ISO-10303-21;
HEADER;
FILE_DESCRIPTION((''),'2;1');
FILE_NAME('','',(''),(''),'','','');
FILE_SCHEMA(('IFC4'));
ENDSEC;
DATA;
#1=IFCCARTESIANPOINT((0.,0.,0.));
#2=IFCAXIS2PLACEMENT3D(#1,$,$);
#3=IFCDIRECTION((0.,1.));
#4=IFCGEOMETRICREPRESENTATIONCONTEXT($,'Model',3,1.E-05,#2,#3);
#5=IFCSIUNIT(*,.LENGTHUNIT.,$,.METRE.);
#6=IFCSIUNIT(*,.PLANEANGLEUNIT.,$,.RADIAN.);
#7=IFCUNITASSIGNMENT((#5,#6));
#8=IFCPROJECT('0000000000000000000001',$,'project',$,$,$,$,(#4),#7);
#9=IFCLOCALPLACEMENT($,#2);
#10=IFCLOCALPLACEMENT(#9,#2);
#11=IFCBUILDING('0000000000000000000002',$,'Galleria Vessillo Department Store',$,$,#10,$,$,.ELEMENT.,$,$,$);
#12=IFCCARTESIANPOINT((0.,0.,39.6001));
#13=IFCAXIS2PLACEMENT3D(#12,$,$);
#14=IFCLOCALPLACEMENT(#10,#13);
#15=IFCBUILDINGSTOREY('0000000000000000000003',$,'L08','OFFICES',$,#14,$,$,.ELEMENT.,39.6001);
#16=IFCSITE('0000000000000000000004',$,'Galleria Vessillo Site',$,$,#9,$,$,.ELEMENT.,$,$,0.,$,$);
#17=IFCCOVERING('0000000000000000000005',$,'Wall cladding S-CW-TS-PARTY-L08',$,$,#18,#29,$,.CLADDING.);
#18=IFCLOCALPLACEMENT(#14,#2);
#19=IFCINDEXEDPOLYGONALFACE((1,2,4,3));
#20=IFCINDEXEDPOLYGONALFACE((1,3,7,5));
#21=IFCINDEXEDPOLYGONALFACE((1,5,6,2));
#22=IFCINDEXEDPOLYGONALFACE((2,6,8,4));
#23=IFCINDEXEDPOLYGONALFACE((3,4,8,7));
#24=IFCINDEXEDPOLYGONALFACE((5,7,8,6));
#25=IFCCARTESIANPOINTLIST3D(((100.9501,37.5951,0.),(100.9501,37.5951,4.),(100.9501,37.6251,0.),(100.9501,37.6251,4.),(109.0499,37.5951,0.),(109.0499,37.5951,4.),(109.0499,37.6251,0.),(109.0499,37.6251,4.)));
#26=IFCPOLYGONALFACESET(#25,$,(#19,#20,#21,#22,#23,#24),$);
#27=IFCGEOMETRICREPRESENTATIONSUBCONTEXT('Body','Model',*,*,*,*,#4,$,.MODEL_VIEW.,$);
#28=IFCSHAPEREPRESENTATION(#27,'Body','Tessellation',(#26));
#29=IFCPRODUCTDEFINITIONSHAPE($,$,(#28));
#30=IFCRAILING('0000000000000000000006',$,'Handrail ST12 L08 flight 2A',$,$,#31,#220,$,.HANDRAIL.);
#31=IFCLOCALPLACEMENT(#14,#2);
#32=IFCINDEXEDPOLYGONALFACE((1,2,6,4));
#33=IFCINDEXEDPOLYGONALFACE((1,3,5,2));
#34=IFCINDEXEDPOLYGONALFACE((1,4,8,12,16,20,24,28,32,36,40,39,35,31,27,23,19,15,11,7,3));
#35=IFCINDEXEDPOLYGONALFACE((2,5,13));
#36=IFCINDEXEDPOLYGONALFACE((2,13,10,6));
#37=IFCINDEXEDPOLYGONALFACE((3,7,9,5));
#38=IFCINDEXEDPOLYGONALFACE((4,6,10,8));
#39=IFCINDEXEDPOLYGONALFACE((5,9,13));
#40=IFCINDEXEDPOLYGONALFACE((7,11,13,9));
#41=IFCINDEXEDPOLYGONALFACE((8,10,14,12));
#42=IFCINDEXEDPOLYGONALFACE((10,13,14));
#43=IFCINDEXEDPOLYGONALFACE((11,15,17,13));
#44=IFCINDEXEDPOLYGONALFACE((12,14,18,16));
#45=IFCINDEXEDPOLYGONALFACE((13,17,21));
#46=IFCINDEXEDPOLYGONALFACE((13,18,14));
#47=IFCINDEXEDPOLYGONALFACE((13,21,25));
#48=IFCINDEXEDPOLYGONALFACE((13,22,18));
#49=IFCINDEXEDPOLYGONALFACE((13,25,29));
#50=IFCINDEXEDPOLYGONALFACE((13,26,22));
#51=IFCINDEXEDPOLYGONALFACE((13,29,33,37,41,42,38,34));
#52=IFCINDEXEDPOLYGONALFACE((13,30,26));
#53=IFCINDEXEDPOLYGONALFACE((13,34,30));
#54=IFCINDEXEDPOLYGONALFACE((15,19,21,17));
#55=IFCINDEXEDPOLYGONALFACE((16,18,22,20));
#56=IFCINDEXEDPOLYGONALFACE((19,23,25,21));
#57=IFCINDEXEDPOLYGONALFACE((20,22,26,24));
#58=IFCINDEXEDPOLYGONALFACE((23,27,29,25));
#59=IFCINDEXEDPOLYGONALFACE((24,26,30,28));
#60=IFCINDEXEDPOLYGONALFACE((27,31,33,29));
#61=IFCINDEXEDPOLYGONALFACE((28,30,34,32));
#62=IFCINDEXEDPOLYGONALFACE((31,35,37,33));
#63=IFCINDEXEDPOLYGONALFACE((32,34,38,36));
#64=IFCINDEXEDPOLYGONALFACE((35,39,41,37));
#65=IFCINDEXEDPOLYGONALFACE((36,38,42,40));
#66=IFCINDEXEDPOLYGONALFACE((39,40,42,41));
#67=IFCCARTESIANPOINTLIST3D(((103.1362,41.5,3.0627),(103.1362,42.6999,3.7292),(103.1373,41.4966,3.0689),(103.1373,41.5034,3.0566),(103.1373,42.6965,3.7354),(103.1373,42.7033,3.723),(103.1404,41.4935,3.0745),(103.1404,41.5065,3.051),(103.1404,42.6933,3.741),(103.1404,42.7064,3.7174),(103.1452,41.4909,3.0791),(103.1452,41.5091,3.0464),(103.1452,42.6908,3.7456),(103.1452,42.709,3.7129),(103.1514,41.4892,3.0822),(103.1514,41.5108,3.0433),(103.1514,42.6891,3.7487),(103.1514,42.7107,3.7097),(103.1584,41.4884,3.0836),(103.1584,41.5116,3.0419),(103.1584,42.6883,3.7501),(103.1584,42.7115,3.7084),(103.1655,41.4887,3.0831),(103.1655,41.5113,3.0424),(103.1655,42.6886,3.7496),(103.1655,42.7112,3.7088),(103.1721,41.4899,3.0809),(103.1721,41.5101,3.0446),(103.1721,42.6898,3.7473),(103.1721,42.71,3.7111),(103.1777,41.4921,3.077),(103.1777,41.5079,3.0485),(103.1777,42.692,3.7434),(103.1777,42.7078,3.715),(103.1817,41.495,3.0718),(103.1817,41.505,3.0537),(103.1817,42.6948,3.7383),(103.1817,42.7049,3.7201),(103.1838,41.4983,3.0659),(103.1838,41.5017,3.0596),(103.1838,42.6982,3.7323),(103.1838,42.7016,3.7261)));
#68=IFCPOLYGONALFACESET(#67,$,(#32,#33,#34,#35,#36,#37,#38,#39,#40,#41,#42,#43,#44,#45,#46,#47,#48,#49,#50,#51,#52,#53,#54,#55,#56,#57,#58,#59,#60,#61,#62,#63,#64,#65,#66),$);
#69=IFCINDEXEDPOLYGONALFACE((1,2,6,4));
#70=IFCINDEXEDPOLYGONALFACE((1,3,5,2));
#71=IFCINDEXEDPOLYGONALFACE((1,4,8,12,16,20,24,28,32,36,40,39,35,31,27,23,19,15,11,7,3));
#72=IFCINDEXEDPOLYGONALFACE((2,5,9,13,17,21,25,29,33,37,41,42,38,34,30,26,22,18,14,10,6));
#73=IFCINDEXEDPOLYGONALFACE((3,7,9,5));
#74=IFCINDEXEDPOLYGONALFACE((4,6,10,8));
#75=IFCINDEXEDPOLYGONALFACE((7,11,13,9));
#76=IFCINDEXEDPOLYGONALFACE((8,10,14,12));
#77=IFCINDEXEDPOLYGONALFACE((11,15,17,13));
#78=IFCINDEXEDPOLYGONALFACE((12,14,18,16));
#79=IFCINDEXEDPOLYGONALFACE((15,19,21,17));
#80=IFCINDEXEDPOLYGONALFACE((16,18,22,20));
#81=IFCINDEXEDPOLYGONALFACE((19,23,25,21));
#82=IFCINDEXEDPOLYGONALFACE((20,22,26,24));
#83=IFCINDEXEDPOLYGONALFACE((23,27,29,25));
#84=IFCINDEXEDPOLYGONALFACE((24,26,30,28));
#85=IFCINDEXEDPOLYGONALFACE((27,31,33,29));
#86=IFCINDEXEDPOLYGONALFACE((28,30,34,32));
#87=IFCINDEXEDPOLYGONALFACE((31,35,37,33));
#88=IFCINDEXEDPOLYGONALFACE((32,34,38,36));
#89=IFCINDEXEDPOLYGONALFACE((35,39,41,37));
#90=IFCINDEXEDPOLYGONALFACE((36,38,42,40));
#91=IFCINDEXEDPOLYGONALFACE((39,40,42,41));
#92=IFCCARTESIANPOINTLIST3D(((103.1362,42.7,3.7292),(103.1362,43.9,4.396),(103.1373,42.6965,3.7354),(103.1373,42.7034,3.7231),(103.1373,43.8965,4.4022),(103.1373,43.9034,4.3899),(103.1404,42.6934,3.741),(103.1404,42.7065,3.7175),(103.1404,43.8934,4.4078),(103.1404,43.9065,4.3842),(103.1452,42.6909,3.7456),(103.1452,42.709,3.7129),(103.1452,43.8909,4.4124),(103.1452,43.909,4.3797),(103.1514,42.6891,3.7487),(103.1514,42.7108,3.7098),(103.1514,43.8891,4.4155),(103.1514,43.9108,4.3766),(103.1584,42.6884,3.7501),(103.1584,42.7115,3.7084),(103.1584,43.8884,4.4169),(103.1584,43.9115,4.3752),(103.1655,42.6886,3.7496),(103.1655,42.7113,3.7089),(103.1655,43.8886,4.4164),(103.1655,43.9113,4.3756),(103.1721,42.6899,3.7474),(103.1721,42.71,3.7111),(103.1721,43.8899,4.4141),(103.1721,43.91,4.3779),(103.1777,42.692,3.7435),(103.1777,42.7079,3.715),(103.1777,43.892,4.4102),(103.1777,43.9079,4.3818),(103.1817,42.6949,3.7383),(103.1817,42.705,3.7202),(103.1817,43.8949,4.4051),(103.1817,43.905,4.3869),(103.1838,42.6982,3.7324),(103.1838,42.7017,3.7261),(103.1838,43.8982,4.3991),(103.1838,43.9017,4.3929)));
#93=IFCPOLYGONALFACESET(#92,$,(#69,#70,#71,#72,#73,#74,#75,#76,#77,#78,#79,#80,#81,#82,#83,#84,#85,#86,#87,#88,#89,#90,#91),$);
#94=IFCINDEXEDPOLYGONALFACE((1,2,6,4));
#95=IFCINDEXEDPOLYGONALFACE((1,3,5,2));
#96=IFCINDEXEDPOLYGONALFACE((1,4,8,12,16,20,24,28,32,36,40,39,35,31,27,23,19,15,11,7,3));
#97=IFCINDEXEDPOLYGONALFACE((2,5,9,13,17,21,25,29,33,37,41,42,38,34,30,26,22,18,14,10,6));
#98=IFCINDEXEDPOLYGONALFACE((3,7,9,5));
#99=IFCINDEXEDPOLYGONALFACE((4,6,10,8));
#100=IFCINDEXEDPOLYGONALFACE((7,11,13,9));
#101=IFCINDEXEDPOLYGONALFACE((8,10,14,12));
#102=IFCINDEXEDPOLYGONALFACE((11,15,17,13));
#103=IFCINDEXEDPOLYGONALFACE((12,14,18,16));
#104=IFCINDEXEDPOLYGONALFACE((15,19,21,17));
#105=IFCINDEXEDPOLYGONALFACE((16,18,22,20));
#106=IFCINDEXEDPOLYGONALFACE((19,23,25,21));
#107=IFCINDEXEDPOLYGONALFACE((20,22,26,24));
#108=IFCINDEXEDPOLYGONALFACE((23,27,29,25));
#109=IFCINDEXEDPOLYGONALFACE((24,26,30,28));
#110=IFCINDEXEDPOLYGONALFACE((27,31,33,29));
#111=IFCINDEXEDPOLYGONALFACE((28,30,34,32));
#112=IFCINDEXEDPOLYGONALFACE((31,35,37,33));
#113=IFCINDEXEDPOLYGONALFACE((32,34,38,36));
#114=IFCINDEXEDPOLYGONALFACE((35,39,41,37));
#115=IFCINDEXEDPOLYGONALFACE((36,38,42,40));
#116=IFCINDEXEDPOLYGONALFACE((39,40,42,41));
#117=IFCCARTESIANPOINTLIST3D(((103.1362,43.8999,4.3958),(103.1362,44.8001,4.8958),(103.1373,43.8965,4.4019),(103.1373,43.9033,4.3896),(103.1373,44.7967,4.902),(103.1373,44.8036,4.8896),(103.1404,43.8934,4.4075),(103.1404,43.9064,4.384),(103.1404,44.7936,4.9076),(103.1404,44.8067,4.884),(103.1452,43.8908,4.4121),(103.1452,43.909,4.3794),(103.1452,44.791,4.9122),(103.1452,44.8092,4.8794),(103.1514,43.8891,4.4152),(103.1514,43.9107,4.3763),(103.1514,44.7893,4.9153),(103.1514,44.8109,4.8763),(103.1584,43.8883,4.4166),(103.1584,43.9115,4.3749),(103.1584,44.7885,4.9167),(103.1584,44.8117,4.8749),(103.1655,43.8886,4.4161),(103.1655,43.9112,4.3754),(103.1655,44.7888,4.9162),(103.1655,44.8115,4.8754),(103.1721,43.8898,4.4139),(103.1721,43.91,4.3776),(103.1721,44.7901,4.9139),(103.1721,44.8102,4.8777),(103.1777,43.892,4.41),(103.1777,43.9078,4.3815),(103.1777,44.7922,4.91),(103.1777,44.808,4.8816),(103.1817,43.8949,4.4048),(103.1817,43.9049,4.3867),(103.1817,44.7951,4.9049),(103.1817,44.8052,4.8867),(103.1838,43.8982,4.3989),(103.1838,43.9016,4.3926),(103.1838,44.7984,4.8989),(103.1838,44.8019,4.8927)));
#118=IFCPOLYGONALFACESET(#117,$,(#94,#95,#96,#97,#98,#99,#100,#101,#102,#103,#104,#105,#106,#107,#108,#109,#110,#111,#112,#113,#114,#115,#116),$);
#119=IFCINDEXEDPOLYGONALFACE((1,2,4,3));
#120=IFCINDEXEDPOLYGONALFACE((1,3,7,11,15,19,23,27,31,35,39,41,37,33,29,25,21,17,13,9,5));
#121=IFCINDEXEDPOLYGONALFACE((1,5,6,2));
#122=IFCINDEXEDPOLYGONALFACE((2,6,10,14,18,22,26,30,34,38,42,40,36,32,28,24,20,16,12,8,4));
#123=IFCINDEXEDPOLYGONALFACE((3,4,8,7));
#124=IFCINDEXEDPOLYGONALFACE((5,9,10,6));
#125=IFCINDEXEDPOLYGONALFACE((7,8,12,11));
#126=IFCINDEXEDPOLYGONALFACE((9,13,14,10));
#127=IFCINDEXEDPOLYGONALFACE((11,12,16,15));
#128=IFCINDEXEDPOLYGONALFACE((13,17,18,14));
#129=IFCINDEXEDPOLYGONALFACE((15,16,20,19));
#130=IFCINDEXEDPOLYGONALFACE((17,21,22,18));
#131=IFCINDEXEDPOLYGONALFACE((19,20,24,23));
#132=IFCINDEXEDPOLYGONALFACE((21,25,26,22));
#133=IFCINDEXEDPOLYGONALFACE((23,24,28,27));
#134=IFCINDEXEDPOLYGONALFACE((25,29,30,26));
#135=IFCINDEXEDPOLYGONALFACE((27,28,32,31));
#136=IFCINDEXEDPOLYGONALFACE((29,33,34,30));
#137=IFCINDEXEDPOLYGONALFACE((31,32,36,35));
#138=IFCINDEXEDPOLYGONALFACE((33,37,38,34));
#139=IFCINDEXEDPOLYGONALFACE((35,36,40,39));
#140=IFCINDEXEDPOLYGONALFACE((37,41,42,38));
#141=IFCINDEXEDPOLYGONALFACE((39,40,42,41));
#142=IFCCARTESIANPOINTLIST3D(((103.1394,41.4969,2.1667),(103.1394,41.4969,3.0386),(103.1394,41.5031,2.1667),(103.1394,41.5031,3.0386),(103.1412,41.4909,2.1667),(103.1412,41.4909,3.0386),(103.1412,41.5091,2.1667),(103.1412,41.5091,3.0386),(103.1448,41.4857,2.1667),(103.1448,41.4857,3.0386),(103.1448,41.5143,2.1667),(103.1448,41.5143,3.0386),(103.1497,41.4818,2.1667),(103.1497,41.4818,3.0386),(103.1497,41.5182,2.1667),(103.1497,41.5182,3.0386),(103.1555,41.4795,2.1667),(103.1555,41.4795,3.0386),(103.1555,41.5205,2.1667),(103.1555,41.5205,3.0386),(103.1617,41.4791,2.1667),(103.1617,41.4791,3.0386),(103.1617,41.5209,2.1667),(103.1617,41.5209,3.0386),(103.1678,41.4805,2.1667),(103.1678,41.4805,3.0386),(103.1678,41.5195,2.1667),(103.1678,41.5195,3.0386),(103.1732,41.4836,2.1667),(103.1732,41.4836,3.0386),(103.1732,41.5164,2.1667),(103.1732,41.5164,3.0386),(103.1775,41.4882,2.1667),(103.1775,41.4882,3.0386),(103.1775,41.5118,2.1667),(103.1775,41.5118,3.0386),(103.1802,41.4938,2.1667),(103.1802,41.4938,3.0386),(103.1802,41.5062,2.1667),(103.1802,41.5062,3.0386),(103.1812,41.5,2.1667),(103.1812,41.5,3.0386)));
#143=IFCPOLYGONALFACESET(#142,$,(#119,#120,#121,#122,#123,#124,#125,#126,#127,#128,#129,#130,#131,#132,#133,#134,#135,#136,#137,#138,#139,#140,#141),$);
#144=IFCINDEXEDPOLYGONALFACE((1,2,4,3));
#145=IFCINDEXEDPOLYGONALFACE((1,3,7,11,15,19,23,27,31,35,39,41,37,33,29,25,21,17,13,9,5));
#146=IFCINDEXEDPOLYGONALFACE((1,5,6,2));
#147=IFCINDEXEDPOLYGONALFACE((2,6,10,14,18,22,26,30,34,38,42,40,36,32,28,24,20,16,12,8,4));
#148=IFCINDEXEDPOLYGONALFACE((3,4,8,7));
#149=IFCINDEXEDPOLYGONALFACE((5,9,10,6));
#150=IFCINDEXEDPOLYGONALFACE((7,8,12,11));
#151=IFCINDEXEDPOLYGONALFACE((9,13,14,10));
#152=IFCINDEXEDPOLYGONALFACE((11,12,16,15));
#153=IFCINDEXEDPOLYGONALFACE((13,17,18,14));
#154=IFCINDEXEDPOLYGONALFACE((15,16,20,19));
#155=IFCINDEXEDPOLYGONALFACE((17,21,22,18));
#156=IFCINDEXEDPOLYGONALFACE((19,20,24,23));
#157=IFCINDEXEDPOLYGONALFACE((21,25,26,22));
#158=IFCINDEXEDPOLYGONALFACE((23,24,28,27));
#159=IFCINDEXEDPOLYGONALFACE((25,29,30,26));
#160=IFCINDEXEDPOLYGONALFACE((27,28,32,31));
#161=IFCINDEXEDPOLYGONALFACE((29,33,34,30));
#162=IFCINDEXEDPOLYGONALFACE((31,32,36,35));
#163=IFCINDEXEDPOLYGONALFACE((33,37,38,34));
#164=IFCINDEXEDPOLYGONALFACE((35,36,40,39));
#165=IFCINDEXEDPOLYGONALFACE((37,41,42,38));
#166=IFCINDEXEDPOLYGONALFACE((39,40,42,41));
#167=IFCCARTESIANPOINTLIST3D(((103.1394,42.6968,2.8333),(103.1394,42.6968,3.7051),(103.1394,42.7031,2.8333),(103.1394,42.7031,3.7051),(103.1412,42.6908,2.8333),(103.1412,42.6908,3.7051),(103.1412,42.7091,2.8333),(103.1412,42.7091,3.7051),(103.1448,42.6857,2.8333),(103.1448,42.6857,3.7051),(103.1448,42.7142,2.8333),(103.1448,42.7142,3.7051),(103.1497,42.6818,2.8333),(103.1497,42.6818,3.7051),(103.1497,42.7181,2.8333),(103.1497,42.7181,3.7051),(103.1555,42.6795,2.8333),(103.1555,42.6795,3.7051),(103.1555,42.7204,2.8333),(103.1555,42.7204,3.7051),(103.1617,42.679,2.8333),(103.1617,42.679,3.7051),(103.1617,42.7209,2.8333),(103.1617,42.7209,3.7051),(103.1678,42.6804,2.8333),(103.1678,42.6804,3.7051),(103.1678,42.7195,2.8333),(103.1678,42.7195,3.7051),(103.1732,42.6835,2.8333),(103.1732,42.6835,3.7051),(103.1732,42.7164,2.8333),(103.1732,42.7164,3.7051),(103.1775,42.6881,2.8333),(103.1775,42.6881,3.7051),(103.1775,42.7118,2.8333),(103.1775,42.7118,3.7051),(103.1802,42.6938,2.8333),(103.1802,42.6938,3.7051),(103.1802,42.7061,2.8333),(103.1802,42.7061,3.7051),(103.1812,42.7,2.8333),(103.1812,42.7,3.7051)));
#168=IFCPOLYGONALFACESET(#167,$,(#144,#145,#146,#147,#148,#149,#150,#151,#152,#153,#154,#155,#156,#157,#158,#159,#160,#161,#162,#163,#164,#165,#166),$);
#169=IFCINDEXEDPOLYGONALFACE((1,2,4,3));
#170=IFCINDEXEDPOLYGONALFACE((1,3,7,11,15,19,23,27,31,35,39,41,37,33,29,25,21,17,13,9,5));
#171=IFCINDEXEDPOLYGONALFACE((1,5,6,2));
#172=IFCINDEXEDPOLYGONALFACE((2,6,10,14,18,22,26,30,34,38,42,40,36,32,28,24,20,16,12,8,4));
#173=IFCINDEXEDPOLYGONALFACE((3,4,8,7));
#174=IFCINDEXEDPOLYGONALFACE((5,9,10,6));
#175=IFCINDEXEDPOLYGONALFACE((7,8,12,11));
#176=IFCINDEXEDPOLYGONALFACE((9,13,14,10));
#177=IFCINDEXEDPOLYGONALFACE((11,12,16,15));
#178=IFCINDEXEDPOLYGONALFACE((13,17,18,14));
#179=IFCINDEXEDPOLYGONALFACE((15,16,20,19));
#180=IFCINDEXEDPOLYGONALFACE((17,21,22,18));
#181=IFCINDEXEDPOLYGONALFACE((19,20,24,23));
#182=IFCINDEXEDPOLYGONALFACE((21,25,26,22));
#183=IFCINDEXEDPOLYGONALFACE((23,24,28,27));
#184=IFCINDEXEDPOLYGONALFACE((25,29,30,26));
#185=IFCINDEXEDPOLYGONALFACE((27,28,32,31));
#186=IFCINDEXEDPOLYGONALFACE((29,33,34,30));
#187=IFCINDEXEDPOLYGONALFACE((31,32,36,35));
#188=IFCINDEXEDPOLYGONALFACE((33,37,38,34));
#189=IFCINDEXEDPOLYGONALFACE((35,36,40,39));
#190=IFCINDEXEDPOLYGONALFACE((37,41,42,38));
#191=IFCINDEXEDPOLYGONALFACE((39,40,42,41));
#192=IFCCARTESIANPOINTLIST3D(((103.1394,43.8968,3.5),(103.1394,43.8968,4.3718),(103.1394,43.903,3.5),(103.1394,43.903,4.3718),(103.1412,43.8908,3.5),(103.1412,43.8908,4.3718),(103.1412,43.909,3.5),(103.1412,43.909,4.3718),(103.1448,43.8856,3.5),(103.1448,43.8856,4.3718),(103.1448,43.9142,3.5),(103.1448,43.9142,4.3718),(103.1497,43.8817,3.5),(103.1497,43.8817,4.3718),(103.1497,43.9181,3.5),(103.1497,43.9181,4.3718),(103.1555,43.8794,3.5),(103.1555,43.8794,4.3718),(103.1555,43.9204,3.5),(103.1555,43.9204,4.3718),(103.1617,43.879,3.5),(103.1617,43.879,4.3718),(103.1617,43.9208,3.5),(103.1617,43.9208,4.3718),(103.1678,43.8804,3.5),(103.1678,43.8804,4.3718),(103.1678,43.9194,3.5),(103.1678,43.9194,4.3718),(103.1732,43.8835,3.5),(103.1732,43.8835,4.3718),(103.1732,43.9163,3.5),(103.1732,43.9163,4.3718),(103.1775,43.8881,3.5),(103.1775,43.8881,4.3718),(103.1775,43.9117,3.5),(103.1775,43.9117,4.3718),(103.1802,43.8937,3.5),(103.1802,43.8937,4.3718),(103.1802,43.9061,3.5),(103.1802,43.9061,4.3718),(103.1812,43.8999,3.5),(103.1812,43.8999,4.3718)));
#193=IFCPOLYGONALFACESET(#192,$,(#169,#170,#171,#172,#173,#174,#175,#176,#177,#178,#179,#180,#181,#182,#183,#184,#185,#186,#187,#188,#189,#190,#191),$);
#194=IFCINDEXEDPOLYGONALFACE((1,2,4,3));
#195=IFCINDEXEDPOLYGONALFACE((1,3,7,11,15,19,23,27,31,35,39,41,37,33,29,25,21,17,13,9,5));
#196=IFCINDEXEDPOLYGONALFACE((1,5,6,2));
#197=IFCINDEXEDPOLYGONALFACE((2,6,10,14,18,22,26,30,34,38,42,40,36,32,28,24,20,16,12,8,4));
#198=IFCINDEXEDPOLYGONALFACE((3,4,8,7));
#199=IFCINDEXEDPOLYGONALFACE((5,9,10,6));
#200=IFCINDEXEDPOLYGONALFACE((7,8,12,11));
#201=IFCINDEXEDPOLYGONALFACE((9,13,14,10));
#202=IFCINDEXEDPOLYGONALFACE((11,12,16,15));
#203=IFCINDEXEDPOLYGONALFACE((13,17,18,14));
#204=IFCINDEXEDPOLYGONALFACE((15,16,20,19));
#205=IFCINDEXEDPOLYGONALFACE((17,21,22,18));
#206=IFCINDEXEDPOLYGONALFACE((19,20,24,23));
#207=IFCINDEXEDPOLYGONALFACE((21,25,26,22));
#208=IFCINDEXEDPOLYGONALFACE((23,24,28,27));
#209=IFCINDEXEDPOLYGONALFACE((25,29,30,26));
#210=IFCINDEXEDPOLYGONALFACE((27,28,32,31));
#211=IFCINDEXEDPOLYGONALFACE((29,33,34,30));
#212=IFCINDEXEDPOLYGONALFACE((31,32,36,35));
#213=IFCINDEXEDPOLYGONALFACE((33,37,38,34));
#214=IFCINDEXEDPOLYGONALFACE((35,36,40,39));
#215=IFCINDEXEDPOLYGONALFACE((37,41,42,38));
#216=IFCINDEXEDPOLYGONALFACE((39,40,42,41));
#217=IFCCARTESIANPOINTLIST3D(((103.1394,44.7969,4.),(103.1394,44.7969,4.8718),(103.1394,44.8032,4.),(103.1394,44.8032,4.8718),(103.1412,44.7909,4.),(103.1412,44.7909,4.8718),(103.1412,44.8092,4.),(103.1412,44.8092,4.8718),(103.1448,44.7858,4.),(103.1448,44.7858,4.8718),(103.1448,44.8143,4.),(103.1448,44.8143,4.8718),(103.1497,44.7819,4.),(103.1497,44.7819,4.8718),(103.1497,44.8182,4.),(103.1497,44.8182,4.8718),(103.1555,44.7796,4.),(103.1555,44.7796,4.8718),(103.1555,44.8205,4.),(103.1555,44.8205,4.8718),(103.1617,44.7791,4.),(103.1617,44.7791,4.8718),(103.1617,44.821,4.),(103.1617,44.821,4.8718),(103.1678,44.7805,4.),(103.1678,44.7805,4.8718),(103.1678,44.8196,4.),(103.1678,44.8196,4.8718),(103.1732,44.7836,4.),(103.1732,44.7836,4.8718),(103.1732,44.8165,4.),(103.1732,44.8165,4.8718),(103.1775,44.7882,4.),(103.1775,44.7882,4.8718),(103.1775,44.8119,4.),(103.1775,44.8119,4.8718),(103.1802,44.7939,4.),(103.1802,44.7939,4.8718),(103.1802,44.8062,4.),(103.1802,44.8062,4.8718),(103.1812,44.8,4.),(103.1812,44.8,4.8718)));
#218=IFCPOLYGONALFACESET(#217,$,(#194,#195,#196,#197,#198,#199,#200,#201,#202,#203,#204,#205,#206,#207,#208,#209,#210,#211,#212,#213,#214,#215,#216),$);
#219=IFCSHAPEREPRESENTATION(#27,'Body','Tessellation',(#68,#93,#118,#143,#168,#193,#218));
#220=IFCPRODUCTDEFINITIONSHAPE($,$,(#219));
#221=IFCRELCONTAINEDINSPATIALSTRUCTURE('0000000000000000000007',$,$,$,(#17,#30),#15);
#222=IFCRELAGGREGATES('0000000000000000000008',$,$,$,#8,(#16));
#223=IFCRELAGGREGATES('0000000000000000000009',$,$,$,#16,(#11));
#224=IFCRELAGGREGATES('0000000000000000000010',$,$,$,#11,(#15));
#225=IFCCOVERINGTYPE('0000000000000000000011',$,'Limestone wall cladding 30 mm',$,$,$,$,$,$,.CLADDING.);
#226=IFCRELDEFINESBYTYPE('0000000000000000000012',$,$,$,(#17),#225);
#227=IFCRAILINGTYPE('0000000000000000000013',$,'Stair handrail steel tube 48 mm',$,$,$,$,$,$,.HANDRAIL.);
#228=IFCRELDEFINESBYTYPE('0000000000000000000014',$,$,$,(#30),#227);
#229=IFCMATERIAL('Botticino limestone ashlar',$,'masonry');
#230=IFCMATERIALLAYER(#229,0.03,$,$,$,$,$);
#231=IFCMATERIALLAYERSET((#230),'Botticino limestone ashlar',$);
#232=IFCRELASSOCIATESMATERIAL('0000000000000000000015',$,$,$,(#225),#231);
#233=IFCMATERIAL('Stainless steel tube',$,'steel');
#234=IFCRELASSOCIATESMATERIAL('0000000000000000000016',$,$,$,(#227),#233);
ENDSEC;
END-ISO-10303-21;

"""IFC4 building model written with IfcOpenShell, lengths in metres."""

from ifc_helpers import new_model, si_unit, direction, frame, origin, origin_2d, place, context, subcontext, project, spatial, rectangle, circle, extrude, material, layer, layer_set, type_object, element, save


model = new_model("IFC4")

# Units and contexts
model_context = context("Model", 3, precision=1e-05, world=origin(), true_north=direction((0.0, 1.0)))
body_context = subcontext(model_context, "Body", "Model", "MODEL_VIEW")
ifc_project = project(units=[si_unit("LENGTHUNIT", "METRE"), si_unit("PLANEANGLEUNIT", "RADIAN")], contexts=[model_context])

# Site, building, storey
site_placement = place(None, origin())
site = spatial("IfcSite", under=ifc_project, at=site_placement, Name="Galleria Vessillo Site", CompositionType="ELEMENT", RefElevation=0.0)
building_placement = place(site_placement, origin())
building = spatial("IfcBuilding", under=site, at=building_placement, Name="Galleria Vessillo Department Store", CompositionType="ELEMENT")
storey_placement = place(building_placement, frame((0.0, 0.0, 39.6001)))
storey = spatial("IfcBuildingStorey", under=building, at=storey_placement, Name="L08", Description="OFFICES", CompositionType="ELEMENT", Elevation=39.6001)

# Covering
ifc_material_1 = material(Name="Botticino limestone ashlar", Category="masonry")
ifc_layer_1 = layer(ifc_material_1, 0.03)
ifc_layer_set_1 = layer_set([ifc_layer_1], Name="Botticino limestone ashlar")
covering_type_1 = type_object("IfcCoveringType", Name="Limestone wall cladding 30 mm", PredefinedType="CLADDING", material=ifc_layer_set_1)
covering_1_placement = place(storey_placement, frame((105.0, 37.6101, 0.0), z_axis=(0.0, 0.0, 1.0), x_axis=(1.0, 0.0, 0.0)))
element("IfcCovering", 1, at=covering_1_placement, inside=storey, type_object=covering_type_1, Name="Wall cladding S-CW-TS-PARTY-L08", PredefinedType="CLADDING", context=body_context, shape_type="SweptSolid", body=[
    extrude(rectangle(XDim=8.0999, YDim=0.03, at=origin_2d()), origin(), (0.0, 0.0, 1.0), 4.0),
])

# Railing
ifc_material_2 = material(Name="Stainless steel tube", Category="steel")
railing_type = type_object("IfcRailingType", Name="Stair handrail steel tube 48 mm", PredefinedType="HANDRAIL", material=ifc_material_2)
for number, where, name in (
    (2, (103.1602, 41.5, 2.1667), "Handrail ST12 L08 flight 2A"),
):
    element("IfcRailing", number, at=place(storey_placement, frame(where)), inside=storey, type_object=railing_type, Name=name, PredefinedType="HANDRAIL", context=body_context, shape_type="SweptSolid", body=[
        extrude(circle(Radius=0.0239, at=origin_2d()), frame((0.0, 0.0, 0.896), z_axis=(0.0, 0.874199, 0.485567), x_axis=(-1.0, 0.0, 0.0)), (0.0, 0.0, 1.0), 1.3726),
        extrude(circle(Radius=0.0239, at=origin_2d()), frame((0.0, 1.2, 1.5625), z_axis=(0.0, 0.874124, 0.485703), x_axis=(-1.0, 0.0, 0.0)), (0.0, 0.0, 1.0), 1.3728),
        extrude(circle(Radius=0.0239, at=origin_2d()), frame((0.0, 2.3999, 2.229), z_axis=(0.0, 0.874191, 0.485583), x_axis=(-1.0, 0.0, 0.0)), (0.0, 0.0, 1.0), 1.0298),
        extrude(circle(Radius=0.021, at=origin_2d()), origin(), (0.0, 0.0, 1.0), 0.8718),
        extrude(circle(Radius=0.021, at=origin_2d()), frame((0.0, 1.2, 0.6665)), (0.0, 0.0, 1.0), 0.8718),
        extrude(circle(Radius=0.021, at=origin_2d()), frame((0.0, 2.3999, 1.3333)), (0.0, 0.0, 1.0), 0.8718),
        extrude(circle(Radius=0.021, at=origin_2d()), frame((0.0, 3.3, 1.8333)), (0.0, 0.0, 1.0), 0.8718),
    ])

save(model, "model.ifc")
